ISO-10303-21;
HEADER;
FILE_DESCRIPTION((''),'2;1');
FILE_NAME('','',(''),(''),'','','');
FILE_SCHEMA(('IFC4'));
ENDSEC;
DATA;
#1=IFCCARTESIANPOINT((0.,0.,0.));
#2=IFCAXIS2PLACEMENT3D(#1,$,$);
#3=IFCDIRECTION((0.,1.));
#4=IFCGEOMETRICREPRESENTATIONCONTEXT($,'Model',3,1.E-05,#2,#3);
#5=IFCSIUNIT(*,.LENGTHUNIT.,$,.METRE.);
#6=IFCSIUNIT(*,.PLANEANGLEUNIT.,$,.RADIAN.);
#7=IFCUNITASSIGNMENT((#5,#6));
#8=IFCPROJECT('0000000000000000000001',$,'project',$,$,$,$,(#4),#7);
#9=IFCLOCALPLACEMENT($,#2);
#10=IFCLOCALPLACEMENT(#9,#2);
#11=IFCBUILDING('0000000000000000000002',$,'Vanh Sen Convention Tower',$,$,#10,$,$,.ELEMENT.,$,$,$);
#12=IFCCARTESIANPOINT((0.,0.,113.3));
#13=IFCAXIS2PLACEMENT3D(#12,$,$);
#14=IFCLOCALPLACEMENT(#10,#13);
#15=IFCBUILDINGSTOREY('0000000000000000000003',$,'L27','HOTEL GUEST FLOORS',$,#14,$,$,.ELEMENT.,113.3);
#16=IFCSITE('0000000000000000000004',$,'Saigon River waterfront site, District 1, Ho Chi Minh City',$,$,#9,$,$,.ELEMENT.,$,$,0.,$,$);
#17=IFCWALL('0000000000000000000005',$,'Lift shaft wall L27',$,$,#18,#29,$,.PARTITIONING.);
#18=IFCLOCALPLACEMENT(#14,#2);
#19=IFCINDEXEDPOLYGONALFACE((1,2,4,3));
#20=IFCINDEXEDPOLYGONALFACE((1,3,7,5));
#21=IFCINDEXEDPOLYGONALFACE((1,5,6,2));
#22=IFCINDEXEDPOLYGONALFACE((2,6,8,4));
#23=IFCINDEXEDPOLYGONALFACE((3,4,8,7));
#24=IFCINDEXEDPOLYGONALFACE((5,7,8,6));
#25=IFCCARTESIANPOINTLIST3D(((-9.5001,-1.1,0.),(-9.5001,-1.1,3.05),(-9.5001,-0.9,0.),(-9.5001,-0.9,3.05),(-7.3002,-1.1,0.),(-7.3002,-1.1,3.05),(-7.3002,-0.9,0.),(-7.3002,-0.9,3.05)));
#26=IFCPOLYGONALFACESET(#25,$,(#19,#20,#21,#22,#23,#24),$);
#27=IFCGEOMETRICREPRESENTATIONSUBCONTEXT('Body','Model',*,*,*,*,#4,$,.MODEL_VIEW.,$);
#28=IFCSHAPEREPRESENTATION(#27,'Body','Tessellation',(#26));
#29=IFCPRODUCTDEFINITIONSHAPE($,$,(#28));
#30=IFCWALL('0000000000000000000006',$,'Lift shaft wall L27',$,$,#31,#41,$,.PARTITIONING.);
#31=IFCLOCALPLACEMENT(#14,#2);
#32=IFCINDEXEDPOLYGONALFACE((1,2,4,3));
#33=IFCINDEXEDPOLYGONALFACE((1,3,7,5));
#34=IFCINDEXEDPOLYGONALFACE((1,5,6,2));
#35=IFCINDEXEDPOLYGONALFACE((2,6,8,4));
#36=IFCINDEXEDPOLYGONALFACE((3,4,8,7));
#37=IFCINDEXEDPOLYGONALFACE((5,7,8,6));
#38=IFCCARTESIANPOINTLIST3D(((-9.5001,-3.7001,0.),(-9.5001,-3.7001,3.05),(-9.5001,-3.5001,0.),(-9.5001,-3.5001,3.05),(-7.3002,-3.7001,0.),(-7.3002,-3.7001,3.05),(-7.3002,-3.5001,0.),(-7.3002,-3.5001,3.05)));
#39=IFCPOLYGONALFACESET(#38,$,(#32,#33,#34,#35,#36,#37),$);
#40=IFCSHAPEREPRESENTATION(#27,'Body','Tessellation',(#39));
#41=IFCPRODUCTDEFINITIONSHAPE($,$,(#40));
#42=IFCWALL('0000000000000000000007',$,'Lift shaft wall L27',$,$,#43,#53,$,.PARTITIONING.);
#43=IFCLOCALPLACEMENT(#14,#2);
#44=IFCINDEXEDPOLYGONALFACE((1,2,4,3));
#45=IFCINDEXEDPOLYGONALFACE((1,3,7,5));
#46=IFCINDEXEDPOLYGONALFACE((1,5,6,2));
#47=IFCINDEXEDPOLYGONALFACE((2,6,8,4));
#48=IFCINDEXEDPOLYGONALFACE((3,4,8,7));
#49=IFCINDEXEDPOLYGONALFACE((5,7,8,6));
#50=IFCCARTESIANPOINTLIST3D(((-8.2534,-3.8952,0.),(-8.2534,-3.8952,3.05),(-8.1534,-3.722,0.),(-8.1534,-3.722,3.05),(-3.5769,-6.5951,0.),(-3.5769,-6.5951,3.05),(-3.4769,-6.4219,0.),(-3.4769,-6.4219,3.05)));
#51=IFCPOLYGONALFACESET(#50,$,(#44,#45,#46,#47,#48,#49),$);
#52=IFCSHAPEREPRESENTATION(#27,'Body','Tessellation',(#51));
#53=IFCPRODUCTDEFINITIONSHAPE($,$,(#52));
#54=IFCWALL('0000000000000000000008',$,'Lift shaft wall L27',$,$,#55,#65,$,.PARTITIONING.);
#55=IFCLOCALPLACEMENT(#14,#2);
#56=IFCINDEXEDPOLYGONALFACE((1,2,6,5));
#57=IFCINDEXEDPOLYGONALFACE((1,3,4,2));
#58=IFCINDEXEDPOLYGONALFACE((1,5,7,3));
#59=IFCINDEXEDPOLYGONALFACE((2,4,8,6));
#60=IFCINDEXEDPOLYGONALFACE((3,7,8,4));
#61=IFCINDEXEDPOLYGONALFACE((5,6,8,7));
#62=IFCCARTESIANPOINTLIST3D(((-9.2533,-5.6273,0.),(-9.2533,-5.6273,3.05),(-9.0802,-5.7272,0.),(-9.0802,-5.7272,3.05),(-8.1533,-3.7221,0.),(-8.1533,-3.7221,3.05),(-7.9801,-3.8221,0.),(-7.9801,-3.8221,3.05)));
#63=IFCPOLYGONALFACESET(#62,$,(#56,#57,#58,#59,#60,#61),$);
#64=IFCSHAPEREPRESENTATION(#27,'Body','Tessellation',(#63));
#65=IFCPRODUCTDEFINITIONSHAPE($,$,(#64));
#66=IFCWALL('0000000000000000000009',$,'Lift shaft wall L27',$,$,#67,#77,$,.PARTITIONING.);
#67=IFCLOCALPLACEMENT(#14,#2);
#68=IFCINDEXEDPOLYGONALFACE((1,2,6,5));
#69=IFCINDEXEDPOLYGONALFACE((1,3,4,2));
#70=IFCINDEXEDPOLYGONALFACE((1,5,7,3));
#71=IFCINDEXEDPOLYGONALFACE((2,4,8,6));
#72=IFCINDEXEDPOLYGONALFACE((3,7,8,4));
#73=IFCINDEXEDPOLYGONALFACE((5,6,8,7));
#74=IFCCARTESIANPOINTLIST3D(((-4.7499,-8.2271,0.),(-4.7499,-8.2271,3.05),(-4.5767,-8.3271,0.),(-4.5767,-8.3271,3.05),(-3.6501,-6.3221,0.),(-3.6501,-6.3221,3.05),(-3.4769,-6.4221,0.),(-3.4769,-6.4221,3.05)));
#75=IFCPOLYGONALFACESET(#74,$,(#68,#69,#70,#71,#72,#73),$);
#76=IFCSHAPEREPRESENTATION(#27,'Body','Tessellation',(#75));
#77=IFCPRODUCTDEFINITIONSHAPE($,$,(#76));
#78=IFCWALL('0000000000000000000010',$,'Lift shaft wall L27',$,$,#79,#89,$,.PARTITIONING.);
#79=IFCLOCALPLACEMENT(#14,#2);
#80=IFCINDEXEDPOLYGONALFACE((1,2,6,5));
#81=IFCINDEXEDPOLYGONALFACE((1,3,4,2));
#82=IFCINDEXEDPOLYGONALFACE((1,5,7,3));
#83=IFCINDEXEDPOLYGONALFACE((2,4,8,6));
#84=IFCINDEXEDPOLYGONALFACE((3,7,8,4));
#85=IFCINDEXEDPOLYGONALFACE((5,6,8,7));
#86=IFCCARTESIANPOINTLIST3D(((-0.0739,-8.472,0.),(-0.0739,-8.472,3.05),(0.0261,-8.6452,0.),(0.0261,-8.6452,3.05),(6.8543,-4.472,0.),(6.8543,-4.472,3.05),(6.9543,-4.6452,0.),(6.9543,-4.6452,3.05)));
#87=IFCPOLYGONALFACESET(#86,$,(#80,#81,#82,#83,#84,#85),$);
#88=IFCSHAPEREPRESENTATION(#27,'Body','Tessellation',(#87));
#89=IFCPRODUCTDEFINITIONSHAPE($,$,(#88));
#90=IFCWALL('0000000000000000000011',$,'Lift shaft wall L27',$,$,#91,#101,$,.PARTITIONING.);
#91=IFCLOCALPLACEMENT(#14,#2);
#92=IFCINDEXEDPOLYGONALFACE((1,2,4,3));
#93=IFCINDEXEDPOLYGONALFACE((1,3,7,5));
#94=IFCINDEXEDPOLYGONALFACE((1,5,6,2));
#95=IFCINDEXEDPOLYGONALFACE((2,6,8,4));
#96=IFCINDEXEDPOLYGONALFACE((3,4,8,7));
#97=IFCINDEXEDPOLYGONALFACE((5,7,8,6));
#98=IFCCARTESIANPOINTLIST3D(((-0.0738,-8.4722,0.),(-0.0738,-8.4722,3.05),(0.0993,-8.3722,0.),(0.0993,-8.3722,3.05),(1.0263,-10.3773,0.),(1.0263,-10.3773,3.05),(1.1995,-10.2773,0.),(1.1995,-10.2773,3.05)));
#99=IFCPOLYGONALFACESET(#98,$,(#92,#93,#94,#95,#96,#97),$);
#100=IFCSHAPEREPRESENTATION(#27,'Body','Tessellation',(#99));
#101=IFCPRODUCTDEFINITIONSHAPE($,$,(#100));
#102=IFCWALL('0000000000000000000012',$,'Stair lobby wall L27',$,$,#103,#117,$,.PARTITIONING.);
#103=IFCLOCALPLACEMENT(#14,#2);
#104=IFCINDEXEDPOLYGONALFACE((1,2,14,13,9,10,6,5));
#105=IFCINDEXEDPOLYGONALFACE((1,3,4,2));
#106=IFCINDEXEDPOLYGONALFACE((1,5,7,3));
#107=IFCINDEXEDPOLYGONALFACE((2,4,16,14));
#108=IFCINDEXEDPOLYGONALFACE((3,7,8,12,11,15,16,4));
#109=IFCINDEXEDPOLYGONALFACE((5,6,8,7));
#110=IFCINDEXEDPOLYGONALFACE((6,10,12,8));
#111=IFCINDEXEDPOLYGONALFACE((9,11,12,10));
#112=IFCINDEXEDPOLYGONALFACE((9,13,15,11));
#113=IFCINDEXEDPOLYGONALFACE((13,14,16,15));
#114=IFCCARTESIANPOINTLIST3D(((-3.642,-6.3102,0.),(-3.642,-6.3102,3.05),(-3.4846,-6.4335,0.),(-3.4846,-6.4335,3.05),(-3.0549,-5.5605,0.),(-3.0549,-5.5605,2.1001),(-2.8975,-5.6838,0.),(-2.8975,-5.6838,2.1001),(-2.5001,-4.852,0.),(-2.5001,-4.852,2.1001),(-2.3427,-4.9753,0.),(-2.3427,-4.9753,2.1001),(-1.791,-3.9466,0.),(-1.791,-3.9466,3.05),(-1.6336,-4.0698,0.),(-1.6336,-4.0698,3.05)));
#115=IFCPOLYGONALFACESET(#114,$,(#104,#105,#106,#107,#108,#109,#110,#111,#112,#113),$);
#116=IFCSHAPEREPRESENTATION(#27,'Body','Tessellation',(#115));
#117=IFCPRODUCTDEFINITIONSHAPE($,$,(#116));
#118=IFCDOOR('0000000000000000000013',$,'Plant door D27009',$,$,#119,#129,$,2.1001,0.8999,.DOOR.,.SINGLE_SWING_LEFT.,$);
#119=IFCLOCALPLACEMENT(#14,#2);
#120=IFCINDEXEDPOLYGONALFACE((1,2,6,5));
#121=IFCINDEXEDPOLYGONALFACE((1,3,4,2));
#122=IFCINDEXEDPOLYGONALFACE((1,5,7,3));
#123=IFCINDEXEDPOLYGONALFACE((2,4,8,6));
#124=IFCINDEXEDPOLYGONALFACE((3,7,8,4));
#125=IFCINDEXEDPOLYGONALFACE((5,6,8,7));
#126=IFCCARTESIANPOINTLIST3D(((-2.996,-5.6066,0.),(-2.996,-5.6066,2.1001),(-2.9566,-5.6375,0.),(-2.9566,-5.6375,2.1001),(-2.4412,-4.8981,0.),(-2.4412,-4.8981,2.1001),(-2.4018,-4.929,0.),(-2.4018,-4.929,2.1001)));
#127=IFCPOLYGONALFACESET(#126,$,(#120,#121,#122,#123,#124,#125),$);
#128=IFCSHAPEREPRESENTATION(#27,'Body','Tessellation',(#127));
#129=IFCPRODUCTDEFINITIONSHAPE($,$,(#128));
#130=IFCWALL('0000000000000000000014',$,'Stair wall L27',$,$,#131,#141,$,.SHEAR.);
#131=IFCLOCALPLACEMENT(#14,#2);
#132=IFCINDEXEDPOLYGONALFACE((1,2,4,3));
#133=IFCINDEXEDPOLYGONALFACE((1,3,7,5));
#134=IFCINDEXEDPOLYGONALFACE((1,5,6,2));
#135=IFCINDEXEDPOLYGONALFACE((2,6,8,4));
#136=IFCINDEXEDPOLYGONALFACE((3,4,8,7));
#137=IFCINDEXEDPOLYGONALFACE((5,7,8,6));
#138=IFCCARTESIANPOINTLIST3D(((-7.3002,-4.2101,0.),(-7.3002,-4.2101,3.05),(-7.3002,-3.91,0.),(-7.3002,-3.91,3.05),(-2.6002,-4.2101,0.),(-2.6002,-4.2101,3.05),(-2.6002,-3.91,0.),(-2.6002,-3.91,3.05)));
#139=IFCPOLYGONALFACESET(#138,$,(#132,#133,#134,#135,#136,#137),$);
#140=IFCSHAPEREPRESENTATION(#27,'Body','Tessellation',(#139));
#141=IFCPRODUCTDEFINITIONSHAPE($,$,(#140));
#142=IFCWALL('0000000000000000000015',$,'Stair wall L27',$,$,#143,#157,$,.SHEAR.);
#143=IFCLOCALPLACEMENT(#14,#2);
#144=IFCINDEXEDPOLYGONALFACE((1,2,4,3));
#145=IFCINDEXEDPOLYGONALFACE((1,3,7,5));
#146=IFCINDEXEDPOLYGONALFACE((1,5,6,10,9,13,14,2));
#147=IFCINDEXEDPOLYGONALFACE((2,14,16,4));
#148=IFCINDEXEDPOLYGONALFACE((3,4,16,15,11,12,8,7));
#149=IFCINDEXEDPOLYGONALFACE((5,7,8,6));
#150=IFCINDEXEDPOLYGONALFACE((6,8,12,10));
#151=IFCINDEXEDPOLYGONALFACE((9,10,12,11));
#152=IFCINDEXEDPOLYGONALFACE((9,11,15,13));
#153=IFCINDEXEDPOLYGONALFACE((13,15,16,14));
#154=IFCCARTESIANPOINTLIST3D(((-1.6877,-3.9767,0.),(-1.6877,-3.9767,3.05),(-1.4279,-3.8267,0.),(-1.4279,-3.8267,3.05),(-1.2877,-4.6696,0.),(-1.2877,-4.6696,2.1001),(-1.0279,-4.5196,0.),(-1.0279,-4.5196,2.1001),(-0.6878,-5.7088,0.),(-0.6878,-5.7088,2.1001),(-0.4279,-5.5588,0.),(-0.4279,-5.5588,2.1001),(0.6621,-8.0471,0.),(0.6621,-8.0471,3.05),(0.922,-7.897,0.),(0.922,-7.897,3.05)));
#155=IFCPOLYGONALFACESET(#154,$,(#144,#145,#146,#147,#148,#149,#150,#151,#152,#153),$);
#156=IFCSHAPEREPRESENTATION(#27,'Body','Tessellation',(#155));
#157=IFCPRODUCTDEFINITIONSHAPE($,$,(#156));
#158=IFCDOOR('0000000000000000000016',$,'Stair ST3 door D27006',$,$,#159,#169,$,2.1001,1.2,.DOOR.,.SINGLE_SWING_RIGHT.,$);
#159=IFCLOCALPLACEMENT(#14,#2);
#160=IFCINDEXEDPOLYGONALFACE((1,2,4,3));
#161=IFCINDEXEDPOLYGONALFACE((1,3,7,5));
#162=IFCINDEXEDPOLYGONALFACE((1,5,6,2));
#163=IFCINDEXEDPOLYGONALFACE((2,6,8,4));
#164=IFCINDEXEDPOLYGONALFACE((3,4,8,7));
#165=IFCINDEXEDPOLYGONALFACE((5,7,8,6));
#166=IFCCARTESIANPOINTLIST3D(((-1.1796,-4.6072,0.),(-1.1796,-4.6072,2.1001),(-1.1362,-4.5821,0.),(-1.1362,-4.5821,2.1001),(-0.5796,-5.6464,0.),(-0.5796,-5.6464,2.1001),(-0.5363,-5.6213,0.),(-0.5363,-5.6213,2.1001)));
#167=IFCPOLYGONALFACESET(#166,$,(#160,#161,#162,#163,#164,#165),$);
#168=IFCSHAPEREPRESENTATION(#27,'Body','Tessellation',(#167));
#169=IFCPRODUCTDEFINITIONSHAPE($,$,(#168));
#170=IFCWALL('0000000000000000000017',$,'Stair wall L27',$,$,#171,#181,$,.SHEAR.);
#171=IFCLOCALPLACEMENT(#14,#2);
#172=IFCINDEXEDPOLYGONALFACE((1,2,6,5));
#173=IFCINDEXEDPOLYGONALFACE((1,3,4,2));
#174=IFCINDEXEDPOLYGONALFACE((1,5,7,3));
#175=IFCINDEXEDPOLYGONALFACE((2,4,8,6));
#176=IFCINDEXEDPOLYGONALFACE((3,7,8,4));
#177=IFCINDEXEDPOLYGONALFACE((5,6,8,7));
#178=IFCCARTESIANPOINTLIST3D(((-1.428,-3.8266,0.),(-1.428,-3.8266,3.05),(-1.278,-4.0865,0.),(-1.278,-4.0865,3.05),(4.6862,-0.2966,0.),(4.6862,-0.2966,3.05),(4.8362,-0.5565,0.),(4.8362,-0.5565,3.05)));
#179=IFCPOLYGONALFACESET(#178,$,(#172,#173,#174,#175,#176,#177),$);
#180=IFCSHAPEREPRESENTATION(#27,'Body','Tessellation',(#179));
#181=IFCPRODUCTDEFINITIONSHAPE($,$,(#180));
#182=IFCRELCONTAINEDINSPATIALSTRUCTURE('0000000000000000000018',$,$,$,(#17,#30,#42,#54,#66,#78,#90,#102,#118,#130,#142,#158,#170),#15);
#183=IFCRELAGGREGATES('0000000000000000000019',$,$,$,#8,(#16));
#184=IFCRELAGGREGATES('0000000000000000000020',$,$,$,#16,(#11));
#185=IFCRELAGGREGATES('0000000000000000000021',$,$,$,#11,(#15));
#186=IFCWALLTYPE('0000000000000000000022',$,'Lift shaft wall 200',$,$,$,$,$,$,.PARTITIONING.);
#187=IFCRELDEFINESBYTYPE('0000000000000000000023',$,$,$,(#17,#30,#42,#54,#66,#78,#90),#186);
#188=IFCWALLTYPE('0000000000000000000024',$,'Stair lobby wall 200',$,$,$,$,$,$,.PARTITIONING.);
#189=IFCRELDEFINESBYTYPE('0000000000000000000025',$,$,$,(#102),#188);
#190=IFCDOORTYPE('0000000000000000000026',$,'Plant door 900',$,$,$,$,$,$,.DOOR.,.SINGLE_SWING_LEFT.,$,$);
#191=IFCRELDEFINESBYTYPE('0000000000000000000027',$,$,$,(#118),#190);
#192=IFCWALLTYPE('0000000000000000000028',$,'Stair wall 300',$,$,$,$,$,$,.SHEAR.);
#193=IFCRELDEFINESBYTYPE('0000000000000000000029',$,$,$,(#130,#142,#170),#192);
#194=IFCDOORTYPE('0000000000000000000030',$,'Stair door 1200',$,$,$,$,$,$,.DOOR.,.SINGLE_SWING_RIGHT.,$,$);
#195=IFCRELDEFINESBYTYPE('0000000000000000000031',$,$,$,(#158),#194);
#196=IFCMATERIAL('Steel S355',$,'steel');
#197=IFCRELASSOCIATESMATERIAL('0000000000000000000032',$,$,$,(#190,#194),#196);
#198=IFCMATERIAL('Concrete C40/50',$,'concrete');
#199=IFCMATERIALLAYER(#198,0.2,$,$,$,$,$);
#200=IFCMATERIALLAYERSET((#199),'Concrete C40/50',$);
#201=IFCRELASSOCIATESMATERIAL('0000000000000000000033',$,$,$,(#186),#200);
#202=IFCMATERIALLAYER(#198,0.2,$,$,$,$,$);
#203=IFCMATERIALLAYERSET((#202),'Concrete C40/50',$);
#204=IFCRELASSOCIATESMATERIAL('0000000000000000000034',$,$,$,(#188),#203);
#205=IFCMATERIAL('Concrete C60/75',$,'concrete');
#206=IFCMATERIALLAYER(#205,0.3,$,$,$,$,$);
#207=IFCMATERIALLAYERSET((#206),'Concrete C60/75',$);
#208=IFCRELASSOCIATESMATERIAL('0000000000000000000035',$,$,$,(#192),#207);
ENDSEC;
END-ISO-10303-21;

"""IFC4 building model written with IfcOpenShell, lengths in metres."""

from ifc_helpers import new_model, si_unit, direction, frame, frame_2d, origin, place, context, subcontext, project, spatial, rectangle, extrude, material, layer, layer_set, type_object, element, fill, save


model = new_model("IFC4")

# Units and contexts
model_context = context("Model", 3, precision=1e-05, world=origin(), true_north=direction((0.0, 1.0)))
body_context = subcontext(model_context, "Body", "Model", "MODEL_VIEW")
ifc_project = project(units=[si_unit("LENGTHUNIT", "METRE"), si_unit("PLANEANGLEUNIT", "RADIAN")], contexts=[model_context])

# Site, building, storey
site_placement = place(None, origin())
site = spatial("IfcSite", under=ifc_project, at=site_placement, Name="Saigon River waterfront site, District 1, Ho Chi Minh City", CompositionType="ELEMENT", RefElevation=0.0)
building_placement = place(site_placement, origin())
building = spatial("IfcBuilding", under=site, at=building_placement, Name="Vanh Sen Convention Tower", CompositionType="ELEMENT")
storey_placement = place(building_placement, frame((0.0, 0.0, 113.3)))
storey = spatial("IfcBuildingStorey", under=building, at=storey_placement, Name="L27", Description="HOTEL GUEST FLOORS", CompositionType="ELEMENT", Elevation=113.3)

# Shared definitions
ifc_material_1 = material(Name="Concrete C40/50", Category="concrete")

# Shared definitions
ifc_material_2 = material(Name="Steel S355", Category="steel")
door_type_1 = type_object("IfcDoorType", Name="Plant door 900", OperationType="SINGLE_SWING_LEFT", PredefinedType="DOOR", material=ifc_material_2)

# Walls
ifc_layer_1 = layer(ifc_material_1, 0.2)
ifc_layer_set_1 = layer_set([ifc_layer_1], Name="Concrete C40/50")
wall_type_1 = type_object("IfcWallType", Name="Lift shaft wall 200", PredefinedType="PARTITIONING", material=ifc_layer_set_1)
for number, where, z_axis, x_axis, name in (
    (1, (-7.3, -1.0, 0.0), (0.0, 0.0, 1.0), (-1.0, 0.0, 0.0), "Lift shaft wall L27"),
    (2, (-7.3, -3.6001, 0.0), (0.0, 0.0, 1.0), (-1.0, 0.0, 0.0), "Lift shaft wall L27"),
):
    element("IfcWall", number, at=place(storey_placement, frame(where, z_axis=z_axis, x_axis=x_axis)), inside=storey, type_object=wall_type_1, Name=name, PredefinedType="PARTITIONING", context=body_context, shape_type="SweptSolid", body=[
        extrude(rectangle(XDim=2.2, YDim=0.2, at=frame_2d((1.1001, 0.0))), origin(), (0.0, 0.0, 1.0), 3.05),
    ])
wall_1_placement = place(storey_placement, frame((-8.2034, -3.8086, 0.0), z_axis=(0.0, 0.0, 1.0), x_axis=(0.866028, -0.499995, 0.0)))
element("IfcWall", 3, at=wall_1_placement, inside=storey, type_object=wall_type_1, Name="Lift shaft wall L27", PredefinedType="PARTITIONING", context=body_context, shape_type="SweptSolid", body=[
    extrude(rectangle(XDim=5.3999, YDim=0.2, at=frame_2d((2.7, 0.0))), origin(), (0.0, 0.0, 1.0), 3.05),
])
wall_2_placement = place(storey_placement, frame((-8.0667, -3.772, 0.0), z_axis=(0.0, 0.0, 1.0), x_axis=(-0.50003, -0.866008, 0.0)))
element("IfcWall", 4, at=wall_2_placement, inside=storey, type_object=wall_type_1, Name="Lift shaft wall L27", PredefinedType="PARTITIONING", context=body_context, shape_type="SweptSolid", body=[
    extrude(rectangle(XDim=2.2, YDim=0.2, at=frame_2d((1.1001, 0.0))), origin(), (0.0, 0.0, 1.0), 3.05),
])
wall_3_placement = place(storey_placement, frame((-3.5635, -6.3721, 0.0), z_axis=(0.0, 0.0, 1.0), x_axis=(-0.499995, -0.866028, 0.0)))
element("IfcWall", 5, at=wall_3_placement, inside=storey, type_object=wall_type_1, Name="Lift shaft wall L27", PredefinedType="PARTITIONING", context=body_context, shape_type="SweptSolid", body=[
    extrude(rectangle(XDim=2.1997, YDim=0.2, at=frame_2d((1.0999, 0.0))), origin(), (0.0, 0.0, 1.0), 3.05),
])
wall_4_placement = place(storey_placement, frame((-0.0239, -8.5586, 0.0), z_axis=(0.0, 0.0, 1.0), x_axis=(0.866026, 0.499999, 0.0)))
element("IfcWall", 6, at=wall_4_placement, inside=storey, type_object=wall_type_1, Name="Lift shaft wall L27", PredefinedType="PARTITIONING", context=body_context, shape_type="SweptSolid", body=[
    extrude(rectangle(XDim=8.0, YDim=0.2, at=frame_2d((4.0, 0.0))), origin(), (0.0, 0.0, 1.0), 3.05),
])
wall_5_placement = place(storey_placement, frame((0.0127, -8.4221, 0.0), z_axis=(0.0, 0.0, 1.0), x_axis=(0.500078, -0.86598, 0.0)))
element("IfcWall", 7, at=wall_5_placement, inside=storey, type_object=wall_type_1, Name="Lift shaft wall L27", PredefinedType="PARTITIONING", context=body_context, shape_type="SweptSolid", body=[
    extrude(rectangle(XDim=2.2, YDim=0.2, at=frame_2d((1.1001, 0.0))), origin(), (0.0, 0.0, 1.0), 3.05),
])

# Wall, opening, door
ifc_layer_2 = layer(ifc_material_1, 0.2)
ifc_layer_set_2 = layer_set([ifc_layer_2], Name="Concrete C40/50")
wall_type_2 = type_object("IfcWallType", Name="Stair lobby wall 200", PredefinedType="PARTITIONING", material=ifc_layer_set_2)
wall_6_placement = place(storey_placement, frame((-1.7124, -4.0083, 0.0), z_axis=(0.0, 0.0, 1.0), x_axis=(-0.616549, -0.787316, 0.0)))
wall_6 = element("IfcWall", 8, at=wall_6_placement, inside=storey, type_object=wall_type_2, Name="Stair lobby wall L27", PredefinedType="PARTITIONING", context=body_context, shape_type="SweptSolid", body=[
    extrude(rectangle(XDim=3.0022, YDim=0.2, at=frame_2d((1.501, 0.0))), origin(), (0.0, 0.0, 1.0), 3.05),
])
opening_1_placement = place(wall_6_placement, frame((1.1499, 0.0, 0.0)))
opening_1 = element("IfcOpeningElement", 9, at=opening_1_placement, cuts=wall_6, PredefinedType="OPENING", context=body_context, shape_type="SweptSolid", body=[
    extrude(rectangle(XDim=0.8999, YDim=2.1001, at=frame_2d((0.45, 1.05))), frame((0.0, 0.1099, 0.0), z_axis=(0.0, -1.0, 0.0), x_axis=(1.0, 0.0, 0.0)), (0.0, 0.0, 1.0), 0.22),
])
door_1_placement = place(opening_1_placement, origin())
door_1 = element("IfcDoor", 10, at=door_1_placement, inside=storey, type_object=door_type_1, Name="Plant door D27009", OperationType="SINGLE_SWING_LEFT", OverallHeight=2.1001, OverallWidth=0.8999, PredefinedType="DOOR", context=body_context, shape_type="SweptSolid", body=[
    extrude(rectangle(XDim=0.8999, YDim=2.1001, at=frame_2d((0.45, 1.05))), frame((0.0, 0.0249, 0.0), z_axis=(0.0, -1.0, 0.0), x_axis=(1.0, 0.0, 0.0)), (0.0, 0.0, 1.0), 0.05),
])
fill(opening_1, door_1)

# Wall
ifc_material_3 = material(Name="Concrete C60/75", Category="concrete")
ifc_layer_3 = layer(ifc_material_3, 0.3)
ifc_layer_set_3 = layer_set([ifc_layer_3], Name="Concrete C60/75")
wall_type_3 = type_object("IfcWallType", Name="Stair wall 300", PredefinedType="SHEAR", material=ifc_layer_set_3)
wall_7_placement = place(storey_placement, frame((-2.6001, -4.0601, 0.0), z_axis=(0.0, 0.0, 1.0), x_axis=(-1.0, 0.0, 0.0)))
element("IfcWall", 11, at=wall_7_placement, inside=storey, type_object=wall_type_3, Name="Stair wall L27", PredefinedType="SHEAR", context=body_context, shape_type="SweptSolid", body=[
    extrude(rectangle(XDim=4.7, YDim=0.3, at=frame_2d((2.3501, 0.0))), origin(), (0.0, 0.0, 1.0), 3.05),
])

# Wall, opening, door
wall_8_placement = place(storey_placement, frame((-1.5579, -3.9016, 0.0), z_axis=(0.0, 0.0, 1.0), x_axis=(0.499977, -0.866039, 0.0)))
wall_8 = element("IfcWall", 12, at=wall_8_placement, inside=storey, type_object=wall_type_3, Name="Stair wall L27", PredefinedType="SHEAR", context=body_context, shape_type="SweptSolid", body=[
    extrude(rectangle(XDim=4.7, YDim=0.3, at=frame_2d((2.3501, 0.0))), origin(), (0.0, 0.0, 1.0), 3.05),
])
opening_2_placement = place(wall_8_placement, frame((0.8, 0.0, 0.0)))
opening_2 = element("IfcOpeningElement", 13, at=opening_2_placement, cuts=wall_8, PredefinedType="OPENING", context=body_context, shape_type="SweptSolid", body=[
    extrude(rectangle(XDim=1.2, YDim=2.1001, at=frame_2d((0.6001, 1.05))), frame((0.0, 0.1599, 0.0), z_axis=(0.0, -1.0, 0.0), x_axis=(1.0, 0.0, 0.0)), (0.0, 0.0, 1.0), 0.3201),
])
door_type_2 = type_object("IfcDoorType", Name="Stair door 1200", OperationType="SINGLE_SWING_RIGHT", PredefinedType="DOOR", material=ifc_material_2)
door_2_placement = place(opening_2_placement, origin())
door_2 = element("IfcDoor", 14, at=door_2_placement, inside=storey, type_object=door_type_2, Name="Stair ST3 door D27006", OperationType="SINGLE_SWING_RIGHT", OverallHeight=2.1001, OverallWidth=1.2, PredefinedType="DOOR", context=body_context, shape_type="SweptSolid", body=[
    extrude(rectangle(XDim=1.2, YDim=2.1001, at=frame_2d((0.6001, 1.05))), frame((0.0, 0.0249, 0.0), z_axis=(0.0, -1.0, 0.0), x_axis=(1.0, 0.0, 0.0)), (0.0, 0.0, 1.0), 0.05),
])
fill(opening_2, door_2)

# Wall
for number, where, z_axis, x_axis, name in (
    (15, (-1.353, -3.9565, 0.0), (0.0, 0.0, 1.0), (0.866028, 0.499996, 0.0), "Stair wall L27"),
):
    element("IfcWall", number, at=place(storey_placement, frame(where, z_axis=z_axis, x_axis=x_axis)), inside=storey, type_object=wall_type_3, Name=name, PredefinedType="SHEAR", context=body_context, shape_type="SweptSolid", body=[
        extrude(rectangle(XDim=7.0601, YDim=0.3, at=frame_2d((3.53, 0.0))), origin(), (0.0, 0.0, 1.0), 3.05),
    ])

save(model, "model.ifc")
